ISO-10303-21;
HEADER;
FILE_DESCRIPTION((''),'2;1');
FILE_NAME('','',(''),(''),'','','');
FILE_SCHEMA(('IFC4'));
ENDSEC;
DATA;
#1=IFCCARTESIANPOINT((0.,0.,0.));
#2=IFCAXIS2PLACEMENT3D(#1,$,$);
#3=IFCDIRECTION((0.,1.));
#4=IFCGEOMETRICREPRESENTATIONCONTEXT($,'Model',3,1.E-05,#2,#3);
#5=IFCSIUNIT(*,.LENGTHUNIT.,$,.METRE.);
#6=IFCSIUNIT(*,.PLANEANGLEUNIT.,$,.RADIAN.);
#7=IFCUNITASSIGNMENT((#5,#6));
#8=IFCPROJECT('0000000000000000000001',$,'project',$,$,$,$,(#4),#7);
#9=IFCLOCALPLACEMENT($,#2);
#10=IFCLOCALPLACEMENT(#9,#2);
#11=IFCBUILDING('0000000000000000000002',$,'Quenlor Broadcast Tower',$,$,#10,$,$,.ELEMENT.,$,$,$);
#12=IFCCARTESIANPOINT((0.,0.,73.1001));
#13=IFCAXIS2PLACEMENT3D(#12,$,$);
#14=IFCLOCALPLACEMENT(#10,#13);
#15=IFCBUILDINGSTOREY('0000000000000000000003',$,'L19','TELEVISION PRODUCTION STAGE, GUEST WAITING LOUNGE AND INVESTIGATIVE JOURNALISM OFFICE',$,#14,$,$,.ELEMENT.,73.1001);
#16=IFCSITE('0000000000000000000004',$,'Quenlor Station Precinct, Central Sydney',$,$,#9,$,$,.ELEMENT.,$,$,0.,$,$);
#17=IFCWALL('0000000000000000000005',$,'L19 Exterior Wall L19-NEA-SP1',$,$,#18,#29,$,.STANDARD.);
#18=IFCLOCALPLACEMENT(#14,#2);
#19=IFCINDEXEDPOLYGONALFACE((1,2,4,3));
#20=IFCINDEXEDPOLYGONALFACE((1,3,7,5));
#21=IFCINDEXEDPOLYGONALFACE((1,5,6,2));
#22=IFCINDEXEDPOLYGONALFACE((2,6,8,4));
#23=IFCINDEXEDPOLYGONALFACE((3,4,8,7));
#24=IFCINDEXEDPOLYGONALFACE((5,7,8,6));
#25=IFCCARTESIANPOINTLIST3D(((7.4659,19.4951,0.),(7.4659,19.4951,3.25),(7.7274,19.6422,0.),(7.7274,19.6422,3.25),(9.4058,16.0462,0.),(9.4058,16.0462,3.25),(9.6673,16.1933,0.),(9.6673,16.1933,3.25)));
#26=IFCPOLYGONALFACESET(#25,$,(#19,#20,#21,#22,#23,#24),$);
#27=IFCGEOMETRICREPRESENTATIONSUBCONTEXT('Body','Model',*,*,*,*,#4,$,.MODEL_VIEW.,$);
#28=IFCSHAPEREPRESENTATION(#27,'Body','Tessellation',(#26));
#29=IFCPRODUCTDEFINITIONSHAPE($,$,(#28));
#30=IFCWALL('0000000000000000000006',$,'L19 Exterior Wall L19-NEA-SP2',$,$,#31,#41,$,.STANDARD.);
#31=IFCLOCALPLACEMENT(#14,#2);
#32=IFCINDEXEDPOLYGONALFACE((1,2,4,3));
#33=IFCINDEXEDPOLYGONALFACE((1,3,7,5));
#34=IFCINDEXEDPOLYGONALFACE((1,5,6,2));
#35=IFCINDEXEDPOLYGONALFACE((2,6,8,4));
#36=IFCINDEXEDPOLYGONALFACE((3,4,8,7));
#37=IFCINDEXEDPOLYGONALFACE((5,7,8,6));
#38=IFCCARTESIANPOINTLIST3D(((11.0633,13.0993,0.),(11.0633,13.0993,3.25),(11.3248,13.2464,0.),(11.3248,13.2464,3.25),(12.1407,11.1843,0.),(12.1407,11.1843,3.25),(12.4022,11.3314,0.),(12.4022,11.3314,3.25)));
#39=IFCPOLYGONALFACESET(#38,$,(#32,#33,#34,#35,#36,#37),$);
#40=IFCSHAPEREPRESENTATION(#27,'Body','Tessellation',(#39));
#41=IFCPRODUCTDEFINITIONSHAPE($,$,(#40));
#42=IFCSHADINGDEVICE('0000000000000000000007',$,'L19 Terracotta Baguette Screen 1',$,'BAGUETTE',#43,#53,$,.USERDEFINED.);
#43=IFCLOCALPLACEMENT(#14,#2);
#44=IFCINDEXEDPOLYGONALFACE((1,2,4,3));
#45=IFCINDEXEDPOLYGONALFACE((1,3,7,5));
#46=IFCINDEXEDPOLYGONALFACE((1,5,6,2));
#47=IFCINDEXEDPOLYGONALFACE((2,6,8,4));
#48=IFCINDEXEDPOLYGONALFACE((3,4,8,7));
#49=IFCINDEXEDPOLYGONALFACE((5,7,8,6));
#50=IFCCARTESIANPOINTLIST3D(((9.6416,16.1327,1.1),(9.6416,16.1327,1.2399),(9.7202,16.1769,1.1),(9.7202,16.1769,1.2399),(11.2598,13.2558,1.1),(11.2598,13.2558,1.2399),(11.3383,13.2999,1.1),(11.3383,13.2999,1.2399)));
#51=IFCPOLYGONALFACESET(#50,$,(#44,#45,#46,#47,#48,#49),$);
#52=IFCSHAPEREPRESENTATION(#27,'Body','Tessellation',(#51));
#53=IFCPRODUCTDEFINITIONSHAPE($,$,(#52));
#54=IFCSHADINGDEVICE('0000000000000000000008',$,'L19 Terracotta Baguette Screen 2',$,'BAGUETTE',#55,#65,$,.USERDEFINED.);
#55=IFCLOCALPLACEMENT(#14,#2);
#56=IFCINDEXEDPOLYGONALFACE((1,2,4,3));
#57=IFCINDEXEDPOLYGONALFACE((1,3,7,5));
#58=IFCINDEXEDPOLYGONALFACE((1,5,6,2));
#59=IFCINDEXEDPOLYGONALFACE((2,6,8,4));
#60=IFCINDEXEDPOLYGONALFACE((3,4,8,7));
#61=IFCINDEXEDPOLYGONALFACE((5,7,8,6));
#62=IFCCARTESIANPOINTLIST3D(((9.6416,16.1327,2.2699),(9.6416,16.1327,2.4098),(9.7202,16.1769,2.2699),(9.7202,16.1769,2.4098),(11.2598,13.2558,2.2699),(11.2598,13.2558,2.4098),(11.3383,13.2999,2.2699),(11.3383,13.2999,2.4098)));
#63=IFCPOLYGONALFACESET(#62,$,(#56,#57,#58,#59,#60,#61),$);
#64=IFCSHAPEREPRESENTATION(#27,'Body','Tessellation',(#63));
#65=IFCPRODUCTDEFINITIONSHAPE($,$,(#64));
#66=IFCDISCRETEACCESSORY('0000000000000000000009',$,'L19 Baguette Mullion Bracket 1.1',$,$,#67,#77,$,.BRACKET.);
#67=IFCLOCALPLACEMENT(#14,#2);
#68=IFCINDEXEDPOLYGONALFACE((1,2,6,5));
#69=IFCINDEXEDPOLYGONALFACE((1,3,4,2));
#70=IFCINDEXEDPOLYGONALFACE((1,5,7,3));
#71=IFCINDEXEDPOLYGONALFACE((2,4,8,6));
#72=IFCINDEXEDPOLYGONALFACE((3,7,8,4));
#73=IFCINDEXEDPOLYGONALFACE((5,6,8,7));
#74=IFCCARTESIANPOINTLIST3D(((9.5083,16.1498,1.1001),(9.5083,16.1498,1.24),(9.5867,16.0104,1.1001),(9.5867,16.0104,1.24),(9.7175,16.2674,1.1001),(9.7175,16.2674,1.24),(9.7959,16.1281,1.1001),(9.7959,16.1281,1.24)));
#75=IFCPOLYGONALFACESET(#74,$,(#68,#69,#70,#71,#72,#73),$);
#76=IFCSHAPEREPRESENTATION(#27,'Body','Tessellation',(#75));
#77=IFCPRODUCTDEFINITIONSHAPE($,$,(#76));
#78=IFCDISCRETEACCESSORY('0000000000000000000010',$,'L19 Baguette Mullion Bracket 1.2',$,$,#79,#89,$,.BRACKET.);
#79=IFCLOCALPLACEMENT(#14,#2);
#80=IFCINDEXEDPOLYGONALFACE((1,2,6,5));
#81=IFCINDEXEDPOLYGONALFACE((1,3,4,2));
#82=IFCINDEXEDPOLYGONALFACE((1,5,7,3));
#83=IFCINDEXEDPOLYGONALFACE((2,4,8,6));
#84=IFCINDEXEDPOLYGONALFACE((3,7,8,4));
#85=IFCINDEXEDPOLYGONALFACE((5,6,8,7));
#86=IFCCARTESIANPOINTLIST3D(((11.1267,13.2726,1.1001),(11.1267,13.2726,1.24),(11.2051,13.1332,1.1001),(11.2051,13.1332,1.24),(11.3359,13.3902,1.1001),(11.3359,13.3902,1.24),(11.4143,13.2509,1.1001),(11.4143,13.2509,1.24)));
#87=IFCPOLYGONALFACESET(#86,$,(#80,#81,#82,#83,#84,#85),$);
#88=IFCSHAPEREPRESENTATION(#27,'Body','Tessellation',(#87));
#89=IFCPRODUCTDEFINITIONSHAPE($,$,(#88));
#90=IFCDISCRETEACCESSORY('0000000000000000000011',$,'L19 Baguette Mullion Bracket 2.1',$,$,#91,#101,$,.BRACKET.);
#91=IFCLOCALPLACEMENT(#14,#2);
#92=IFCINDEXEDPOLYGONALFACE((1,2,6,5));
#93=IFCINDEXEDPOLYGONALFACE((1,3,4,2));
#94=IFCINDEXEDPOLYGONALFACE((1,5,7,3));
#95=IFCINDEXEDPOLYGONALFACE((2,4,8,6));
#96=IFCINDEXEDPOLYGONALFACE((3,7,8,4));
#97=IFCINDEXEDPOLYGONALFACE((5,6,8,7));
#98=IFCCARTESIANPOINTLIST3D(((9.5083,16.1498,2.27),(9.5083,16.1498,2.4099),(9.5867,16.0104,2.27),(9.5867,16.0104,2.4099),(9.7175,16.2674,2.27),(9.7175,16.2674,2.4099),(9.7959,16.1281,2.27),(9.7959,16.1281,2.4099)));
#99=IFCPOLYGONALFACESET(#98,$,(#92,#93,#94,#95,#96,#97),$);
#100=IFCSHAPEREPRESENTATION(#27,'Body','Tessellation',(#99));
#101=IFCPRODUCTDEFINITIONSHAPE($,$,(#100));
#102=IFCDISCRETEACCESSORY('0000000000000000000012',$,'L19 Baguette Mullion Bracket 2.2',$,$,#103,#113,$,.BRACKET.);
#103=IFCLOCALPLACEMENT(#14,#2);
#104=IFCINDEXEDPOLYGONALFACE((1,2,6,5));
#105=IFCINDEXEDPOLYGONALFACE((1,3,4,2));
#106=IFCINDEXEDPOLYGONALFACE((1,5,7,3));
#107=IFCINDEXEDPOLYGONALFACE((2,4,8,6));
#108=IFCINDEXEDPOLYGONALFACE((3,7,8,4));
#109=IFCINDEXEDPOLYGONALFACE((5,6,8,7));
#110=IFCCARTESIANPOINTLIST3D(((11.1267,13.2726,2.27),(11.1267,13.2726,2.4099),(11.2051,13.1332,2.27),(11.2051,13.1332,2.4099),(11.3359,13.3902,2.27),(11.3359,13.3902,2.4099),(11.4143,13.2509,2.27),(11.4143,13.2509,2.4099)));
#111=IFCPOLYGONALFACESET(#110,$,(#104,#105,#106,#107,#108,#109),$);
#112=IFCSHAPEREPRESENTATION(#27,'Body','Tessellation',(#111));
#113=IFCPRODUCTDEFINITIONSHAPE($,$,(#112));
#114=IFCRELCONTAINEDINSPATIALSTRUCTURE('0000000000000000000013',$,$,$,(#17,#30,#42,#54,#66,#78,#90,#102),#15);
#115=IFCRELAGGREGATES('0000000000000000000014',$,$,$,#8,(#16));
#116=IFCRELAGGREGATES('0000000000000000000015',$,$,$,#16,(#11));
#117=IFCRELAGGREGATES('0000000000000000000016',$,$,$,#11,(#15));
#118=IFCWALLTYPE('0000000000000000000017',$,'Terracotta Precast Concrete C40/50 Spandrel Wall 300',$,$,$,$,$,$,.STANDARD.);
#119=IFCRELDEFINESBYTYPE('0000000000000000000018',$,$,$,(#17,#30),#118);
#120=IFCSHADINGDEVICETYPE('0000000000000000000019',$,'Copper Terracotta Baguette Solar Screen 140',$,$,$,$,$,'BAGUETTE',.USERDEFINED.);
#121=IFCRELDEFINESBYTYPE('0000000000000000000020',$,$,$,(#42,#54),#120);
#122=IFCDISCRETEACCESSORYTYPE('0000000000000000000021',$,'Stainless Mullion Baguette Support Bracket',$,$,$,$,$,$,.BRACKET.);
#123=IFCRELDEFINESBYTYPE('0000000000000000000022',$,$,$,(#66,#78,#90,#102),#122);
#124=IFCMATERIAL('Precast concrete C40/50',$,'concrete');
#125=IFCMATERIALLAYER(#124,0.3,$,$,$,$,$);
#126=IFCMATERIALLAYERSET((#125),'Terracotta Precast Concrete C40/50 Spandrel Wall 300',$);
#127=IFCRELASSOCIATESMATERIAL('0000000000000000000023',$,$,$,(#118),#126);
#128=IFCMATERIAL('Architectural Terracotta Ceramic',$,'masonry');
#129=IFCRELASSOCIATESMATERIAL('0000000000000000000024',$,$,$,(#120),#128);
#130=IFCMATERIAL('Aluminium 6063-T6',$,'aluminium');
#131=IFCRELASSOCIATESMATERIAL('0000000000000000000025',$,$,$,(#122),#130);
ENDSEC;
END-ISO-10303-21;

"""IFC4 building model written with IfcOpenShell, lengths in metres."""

from ifc_helpers import new_model, si_unit, direction, frame, frame_2d, origin, origin_2d, place, context, subcontext, project, spatial, rectangle, extrude, material, layer, layer_set, material_profile, profile_set, type_object, element, save


model = new_model("IFC4")

# Units and contexts
model_context = context("Model", 3, precision=1e-05, world=origin(), true_north=direction((0.0, 1.0)))
body_context = subcontext(model_context, "Body", "Model", "MODEL_VIEW")
ifc_project = project(units=[si_unit("LENGTHUNIT", "METRE"), si_unit("PLANEANGLEUNIT", "RADIAN")], contexts=[model_context])

# Site, building, storey
site_placement = place(None, origin())
site = spatial("IfcSite", under=ifc_project, at=site_placement, Name="Quenlor Station Precinct, Central Sydney", CompositionType="ELEMENT", RefElevation=0.0)
building_placement = place(site_placement, origin())
building = spatial("IfcBuilding", under=site, at=building_placement, Name="Quenlor Broadcast Tower", CompositionType="ELEMENT")
storey_placement = place(building_placement, frame((0.0, 0.0, 73.1001)))
storey = spatial("IfcBuildingStorey", under=building, at=storey_placement, Name="L19", Description="TELEVISION PRODUCTION STAGE, GUEST WAITING LOUNGE AND INVESTIGATIVE JOURNALISM OFFICE", CompositionType="ELEMENT", Elevation=73.1001)

# Walls
ifc_material_1 = material(Name="Precast concrete C40/50", Category="concrete")
ifc_layer_1 = layer(ifc_material_1, 0.3)
ifc_layer_set_1 = layer_set([ifc_layer_1], Name="Terracotta Precast Concrete C40/50 Spandrel Wall 300")
wall_type_1 = type_object("IfcWallType", Name="Terracotta Precast Concrete C40/50 Spandrel Wall 300", PredefinedType="STANDARD", material=ifc_layer_set_1)
wall_1_placement = place(storey_placement, frame((7.5967, 19.5686, 0.0), z_axis=(0.0, 0.0, 1.0), x_axis=(0.490241, -0.871587, 0.0)))
element("IfcWall", 1, at=wall_1_placement, inside=storey, type_object=wall_type_1, Name="L19 Exterior Wall L19-NEA-SP1", PredefinedType="STANDARD", context=body_context, shape_type="SweptSolid", body=[
    extrude(rectangle(XDim=3.957, YDim=0.3, at=frame_2d((1.9785, 0.0))), origin(), (0.0, 0.0, 1.0), 3.25),
])
wall_2_placement = place(storey_placement, frame((11.1941, 13.1729, 0.0), z_axis=(0.0, 0.0, 1.0), x_axis=(0.490325, -0.87154, 0.0)))
element("IfcWall", 2, at=wall_2_placement, inside=storey, type_object=wall_type_1, Name="L19 Exterior Wall L19-NEA-SP2", PredefinedType="STANDARD", context=body_context, shape_type="SweptSolid", body=[
    extrude(rectangle(XDim=2.1973, YDim=0.3, at=frame_2d((1.0986, 0.0))), origin(), (0.0, 0.0, 1.0), 3.25),
])

# Shading devices
ifc_material_2 = material(Name="Architectural Terracotta Ceramic", Category="masonry")
ifc_material_profile_1 = material_profile(ifc_material_2, rectangle(XDim=0.0901, YDim=0.1399, at=origin_2d()))
ifc_profile_set_1 = profile_set([ifc_material_profile_1], Name="Architectural Terracotta Ceramic BAG90x140")
shading_device_type = type_object("IfcShadingDeviceType", Name="Copper Terracotta Baguette Solar Screen 140", ElementType="BAGUETTE", PredefinedType="USERDEFINED", material=ifc_profile_set_1)
for number, where, z_axis, x_axis, name in (
    (3, (9.6809, 16.1548, 1.1699), (0.490233, -0.871591, 0.0), (0.871591, 0.490233, 0.0), "L19 Terracotta Baguette Screen 1"),
    (4, (9.6809, 16.1548, 2.3398), (0.490233, -0.871591, 0.0), (0.871591, 0.490233, 0.0), "L19 Terracotta Baguette Screen 2"),
):
    element("IfcShadingDevice", number, at=place(storey_placement, frame(where, z_axis=z_axis, x_axis=x_axis)), inside=storey, type_object=shading_device_type, Name=name, ObjectType="BAGUETTE", PredefinedType="USERDEFINED", context=body_context, shape_type="SweptSolid", body=[
        extrude(rectangle(XDim=0.0901, YDim=0.1399, at=origin_2d()), origin(), (0.0, 0.0, 1.0), 3.3008),
    ])

# Discrete accessories
ifc_material_3 = material(Name="Aluminium 6063-T6", Category="aluminium")
discrete_accessory_type = type_object("IfcDiscreteAccessoryType", Name="Stainless Mullion Baguette Support Bracket", PredefinedType="BRACKET", material=ifc_material_3)
for number, where, z_axis, x_axis, name in (
    (5, (9.6521, 16.1389, 1.1001), (0.0, 0.0, 1.0), (0.490244, -0.871585, 0.0), "L19 Baguette Mullion Bracket 1.1"),
    (6, (11.2705, 13.2617, 1.1001), (0.0, 0.0, 1.0), (0.490244, -0.871585, 0.0), "L19 Baguette Mullion Bracket 1.2"),
    (7, (9.6521, 16.1389, 2.27), (0.0, 0.0, 1.0), (0.490244, -0.871585, 0.0), "L19 Baguette Mullion Bracket 2.1"),
    (8, (11.2705, 13.2617, 2.27), (0.0, 0.0, 1.0), (0.490244, -0.871585, 0.0), "L19 Baguette Mullion Bracket 2.2"),
):
    element("IfcDiscreteAccessory", number, at=place(storey_placement, frame(where, z_axis=z_axis, x_axis=x_axis)), inside=storey, type_object=discrete_accessory_type, Name=name, PredefinedType="BRACKET", context=body_context, shape_type="SweptSolid", body=[
        extrude(rectangle(XDim=0.1599, YDim=0.24, at=origin_2d()), origin(), (0.0, 0.0, 1.0), 0.1399),
    ])

save(model, "model.ifc")
